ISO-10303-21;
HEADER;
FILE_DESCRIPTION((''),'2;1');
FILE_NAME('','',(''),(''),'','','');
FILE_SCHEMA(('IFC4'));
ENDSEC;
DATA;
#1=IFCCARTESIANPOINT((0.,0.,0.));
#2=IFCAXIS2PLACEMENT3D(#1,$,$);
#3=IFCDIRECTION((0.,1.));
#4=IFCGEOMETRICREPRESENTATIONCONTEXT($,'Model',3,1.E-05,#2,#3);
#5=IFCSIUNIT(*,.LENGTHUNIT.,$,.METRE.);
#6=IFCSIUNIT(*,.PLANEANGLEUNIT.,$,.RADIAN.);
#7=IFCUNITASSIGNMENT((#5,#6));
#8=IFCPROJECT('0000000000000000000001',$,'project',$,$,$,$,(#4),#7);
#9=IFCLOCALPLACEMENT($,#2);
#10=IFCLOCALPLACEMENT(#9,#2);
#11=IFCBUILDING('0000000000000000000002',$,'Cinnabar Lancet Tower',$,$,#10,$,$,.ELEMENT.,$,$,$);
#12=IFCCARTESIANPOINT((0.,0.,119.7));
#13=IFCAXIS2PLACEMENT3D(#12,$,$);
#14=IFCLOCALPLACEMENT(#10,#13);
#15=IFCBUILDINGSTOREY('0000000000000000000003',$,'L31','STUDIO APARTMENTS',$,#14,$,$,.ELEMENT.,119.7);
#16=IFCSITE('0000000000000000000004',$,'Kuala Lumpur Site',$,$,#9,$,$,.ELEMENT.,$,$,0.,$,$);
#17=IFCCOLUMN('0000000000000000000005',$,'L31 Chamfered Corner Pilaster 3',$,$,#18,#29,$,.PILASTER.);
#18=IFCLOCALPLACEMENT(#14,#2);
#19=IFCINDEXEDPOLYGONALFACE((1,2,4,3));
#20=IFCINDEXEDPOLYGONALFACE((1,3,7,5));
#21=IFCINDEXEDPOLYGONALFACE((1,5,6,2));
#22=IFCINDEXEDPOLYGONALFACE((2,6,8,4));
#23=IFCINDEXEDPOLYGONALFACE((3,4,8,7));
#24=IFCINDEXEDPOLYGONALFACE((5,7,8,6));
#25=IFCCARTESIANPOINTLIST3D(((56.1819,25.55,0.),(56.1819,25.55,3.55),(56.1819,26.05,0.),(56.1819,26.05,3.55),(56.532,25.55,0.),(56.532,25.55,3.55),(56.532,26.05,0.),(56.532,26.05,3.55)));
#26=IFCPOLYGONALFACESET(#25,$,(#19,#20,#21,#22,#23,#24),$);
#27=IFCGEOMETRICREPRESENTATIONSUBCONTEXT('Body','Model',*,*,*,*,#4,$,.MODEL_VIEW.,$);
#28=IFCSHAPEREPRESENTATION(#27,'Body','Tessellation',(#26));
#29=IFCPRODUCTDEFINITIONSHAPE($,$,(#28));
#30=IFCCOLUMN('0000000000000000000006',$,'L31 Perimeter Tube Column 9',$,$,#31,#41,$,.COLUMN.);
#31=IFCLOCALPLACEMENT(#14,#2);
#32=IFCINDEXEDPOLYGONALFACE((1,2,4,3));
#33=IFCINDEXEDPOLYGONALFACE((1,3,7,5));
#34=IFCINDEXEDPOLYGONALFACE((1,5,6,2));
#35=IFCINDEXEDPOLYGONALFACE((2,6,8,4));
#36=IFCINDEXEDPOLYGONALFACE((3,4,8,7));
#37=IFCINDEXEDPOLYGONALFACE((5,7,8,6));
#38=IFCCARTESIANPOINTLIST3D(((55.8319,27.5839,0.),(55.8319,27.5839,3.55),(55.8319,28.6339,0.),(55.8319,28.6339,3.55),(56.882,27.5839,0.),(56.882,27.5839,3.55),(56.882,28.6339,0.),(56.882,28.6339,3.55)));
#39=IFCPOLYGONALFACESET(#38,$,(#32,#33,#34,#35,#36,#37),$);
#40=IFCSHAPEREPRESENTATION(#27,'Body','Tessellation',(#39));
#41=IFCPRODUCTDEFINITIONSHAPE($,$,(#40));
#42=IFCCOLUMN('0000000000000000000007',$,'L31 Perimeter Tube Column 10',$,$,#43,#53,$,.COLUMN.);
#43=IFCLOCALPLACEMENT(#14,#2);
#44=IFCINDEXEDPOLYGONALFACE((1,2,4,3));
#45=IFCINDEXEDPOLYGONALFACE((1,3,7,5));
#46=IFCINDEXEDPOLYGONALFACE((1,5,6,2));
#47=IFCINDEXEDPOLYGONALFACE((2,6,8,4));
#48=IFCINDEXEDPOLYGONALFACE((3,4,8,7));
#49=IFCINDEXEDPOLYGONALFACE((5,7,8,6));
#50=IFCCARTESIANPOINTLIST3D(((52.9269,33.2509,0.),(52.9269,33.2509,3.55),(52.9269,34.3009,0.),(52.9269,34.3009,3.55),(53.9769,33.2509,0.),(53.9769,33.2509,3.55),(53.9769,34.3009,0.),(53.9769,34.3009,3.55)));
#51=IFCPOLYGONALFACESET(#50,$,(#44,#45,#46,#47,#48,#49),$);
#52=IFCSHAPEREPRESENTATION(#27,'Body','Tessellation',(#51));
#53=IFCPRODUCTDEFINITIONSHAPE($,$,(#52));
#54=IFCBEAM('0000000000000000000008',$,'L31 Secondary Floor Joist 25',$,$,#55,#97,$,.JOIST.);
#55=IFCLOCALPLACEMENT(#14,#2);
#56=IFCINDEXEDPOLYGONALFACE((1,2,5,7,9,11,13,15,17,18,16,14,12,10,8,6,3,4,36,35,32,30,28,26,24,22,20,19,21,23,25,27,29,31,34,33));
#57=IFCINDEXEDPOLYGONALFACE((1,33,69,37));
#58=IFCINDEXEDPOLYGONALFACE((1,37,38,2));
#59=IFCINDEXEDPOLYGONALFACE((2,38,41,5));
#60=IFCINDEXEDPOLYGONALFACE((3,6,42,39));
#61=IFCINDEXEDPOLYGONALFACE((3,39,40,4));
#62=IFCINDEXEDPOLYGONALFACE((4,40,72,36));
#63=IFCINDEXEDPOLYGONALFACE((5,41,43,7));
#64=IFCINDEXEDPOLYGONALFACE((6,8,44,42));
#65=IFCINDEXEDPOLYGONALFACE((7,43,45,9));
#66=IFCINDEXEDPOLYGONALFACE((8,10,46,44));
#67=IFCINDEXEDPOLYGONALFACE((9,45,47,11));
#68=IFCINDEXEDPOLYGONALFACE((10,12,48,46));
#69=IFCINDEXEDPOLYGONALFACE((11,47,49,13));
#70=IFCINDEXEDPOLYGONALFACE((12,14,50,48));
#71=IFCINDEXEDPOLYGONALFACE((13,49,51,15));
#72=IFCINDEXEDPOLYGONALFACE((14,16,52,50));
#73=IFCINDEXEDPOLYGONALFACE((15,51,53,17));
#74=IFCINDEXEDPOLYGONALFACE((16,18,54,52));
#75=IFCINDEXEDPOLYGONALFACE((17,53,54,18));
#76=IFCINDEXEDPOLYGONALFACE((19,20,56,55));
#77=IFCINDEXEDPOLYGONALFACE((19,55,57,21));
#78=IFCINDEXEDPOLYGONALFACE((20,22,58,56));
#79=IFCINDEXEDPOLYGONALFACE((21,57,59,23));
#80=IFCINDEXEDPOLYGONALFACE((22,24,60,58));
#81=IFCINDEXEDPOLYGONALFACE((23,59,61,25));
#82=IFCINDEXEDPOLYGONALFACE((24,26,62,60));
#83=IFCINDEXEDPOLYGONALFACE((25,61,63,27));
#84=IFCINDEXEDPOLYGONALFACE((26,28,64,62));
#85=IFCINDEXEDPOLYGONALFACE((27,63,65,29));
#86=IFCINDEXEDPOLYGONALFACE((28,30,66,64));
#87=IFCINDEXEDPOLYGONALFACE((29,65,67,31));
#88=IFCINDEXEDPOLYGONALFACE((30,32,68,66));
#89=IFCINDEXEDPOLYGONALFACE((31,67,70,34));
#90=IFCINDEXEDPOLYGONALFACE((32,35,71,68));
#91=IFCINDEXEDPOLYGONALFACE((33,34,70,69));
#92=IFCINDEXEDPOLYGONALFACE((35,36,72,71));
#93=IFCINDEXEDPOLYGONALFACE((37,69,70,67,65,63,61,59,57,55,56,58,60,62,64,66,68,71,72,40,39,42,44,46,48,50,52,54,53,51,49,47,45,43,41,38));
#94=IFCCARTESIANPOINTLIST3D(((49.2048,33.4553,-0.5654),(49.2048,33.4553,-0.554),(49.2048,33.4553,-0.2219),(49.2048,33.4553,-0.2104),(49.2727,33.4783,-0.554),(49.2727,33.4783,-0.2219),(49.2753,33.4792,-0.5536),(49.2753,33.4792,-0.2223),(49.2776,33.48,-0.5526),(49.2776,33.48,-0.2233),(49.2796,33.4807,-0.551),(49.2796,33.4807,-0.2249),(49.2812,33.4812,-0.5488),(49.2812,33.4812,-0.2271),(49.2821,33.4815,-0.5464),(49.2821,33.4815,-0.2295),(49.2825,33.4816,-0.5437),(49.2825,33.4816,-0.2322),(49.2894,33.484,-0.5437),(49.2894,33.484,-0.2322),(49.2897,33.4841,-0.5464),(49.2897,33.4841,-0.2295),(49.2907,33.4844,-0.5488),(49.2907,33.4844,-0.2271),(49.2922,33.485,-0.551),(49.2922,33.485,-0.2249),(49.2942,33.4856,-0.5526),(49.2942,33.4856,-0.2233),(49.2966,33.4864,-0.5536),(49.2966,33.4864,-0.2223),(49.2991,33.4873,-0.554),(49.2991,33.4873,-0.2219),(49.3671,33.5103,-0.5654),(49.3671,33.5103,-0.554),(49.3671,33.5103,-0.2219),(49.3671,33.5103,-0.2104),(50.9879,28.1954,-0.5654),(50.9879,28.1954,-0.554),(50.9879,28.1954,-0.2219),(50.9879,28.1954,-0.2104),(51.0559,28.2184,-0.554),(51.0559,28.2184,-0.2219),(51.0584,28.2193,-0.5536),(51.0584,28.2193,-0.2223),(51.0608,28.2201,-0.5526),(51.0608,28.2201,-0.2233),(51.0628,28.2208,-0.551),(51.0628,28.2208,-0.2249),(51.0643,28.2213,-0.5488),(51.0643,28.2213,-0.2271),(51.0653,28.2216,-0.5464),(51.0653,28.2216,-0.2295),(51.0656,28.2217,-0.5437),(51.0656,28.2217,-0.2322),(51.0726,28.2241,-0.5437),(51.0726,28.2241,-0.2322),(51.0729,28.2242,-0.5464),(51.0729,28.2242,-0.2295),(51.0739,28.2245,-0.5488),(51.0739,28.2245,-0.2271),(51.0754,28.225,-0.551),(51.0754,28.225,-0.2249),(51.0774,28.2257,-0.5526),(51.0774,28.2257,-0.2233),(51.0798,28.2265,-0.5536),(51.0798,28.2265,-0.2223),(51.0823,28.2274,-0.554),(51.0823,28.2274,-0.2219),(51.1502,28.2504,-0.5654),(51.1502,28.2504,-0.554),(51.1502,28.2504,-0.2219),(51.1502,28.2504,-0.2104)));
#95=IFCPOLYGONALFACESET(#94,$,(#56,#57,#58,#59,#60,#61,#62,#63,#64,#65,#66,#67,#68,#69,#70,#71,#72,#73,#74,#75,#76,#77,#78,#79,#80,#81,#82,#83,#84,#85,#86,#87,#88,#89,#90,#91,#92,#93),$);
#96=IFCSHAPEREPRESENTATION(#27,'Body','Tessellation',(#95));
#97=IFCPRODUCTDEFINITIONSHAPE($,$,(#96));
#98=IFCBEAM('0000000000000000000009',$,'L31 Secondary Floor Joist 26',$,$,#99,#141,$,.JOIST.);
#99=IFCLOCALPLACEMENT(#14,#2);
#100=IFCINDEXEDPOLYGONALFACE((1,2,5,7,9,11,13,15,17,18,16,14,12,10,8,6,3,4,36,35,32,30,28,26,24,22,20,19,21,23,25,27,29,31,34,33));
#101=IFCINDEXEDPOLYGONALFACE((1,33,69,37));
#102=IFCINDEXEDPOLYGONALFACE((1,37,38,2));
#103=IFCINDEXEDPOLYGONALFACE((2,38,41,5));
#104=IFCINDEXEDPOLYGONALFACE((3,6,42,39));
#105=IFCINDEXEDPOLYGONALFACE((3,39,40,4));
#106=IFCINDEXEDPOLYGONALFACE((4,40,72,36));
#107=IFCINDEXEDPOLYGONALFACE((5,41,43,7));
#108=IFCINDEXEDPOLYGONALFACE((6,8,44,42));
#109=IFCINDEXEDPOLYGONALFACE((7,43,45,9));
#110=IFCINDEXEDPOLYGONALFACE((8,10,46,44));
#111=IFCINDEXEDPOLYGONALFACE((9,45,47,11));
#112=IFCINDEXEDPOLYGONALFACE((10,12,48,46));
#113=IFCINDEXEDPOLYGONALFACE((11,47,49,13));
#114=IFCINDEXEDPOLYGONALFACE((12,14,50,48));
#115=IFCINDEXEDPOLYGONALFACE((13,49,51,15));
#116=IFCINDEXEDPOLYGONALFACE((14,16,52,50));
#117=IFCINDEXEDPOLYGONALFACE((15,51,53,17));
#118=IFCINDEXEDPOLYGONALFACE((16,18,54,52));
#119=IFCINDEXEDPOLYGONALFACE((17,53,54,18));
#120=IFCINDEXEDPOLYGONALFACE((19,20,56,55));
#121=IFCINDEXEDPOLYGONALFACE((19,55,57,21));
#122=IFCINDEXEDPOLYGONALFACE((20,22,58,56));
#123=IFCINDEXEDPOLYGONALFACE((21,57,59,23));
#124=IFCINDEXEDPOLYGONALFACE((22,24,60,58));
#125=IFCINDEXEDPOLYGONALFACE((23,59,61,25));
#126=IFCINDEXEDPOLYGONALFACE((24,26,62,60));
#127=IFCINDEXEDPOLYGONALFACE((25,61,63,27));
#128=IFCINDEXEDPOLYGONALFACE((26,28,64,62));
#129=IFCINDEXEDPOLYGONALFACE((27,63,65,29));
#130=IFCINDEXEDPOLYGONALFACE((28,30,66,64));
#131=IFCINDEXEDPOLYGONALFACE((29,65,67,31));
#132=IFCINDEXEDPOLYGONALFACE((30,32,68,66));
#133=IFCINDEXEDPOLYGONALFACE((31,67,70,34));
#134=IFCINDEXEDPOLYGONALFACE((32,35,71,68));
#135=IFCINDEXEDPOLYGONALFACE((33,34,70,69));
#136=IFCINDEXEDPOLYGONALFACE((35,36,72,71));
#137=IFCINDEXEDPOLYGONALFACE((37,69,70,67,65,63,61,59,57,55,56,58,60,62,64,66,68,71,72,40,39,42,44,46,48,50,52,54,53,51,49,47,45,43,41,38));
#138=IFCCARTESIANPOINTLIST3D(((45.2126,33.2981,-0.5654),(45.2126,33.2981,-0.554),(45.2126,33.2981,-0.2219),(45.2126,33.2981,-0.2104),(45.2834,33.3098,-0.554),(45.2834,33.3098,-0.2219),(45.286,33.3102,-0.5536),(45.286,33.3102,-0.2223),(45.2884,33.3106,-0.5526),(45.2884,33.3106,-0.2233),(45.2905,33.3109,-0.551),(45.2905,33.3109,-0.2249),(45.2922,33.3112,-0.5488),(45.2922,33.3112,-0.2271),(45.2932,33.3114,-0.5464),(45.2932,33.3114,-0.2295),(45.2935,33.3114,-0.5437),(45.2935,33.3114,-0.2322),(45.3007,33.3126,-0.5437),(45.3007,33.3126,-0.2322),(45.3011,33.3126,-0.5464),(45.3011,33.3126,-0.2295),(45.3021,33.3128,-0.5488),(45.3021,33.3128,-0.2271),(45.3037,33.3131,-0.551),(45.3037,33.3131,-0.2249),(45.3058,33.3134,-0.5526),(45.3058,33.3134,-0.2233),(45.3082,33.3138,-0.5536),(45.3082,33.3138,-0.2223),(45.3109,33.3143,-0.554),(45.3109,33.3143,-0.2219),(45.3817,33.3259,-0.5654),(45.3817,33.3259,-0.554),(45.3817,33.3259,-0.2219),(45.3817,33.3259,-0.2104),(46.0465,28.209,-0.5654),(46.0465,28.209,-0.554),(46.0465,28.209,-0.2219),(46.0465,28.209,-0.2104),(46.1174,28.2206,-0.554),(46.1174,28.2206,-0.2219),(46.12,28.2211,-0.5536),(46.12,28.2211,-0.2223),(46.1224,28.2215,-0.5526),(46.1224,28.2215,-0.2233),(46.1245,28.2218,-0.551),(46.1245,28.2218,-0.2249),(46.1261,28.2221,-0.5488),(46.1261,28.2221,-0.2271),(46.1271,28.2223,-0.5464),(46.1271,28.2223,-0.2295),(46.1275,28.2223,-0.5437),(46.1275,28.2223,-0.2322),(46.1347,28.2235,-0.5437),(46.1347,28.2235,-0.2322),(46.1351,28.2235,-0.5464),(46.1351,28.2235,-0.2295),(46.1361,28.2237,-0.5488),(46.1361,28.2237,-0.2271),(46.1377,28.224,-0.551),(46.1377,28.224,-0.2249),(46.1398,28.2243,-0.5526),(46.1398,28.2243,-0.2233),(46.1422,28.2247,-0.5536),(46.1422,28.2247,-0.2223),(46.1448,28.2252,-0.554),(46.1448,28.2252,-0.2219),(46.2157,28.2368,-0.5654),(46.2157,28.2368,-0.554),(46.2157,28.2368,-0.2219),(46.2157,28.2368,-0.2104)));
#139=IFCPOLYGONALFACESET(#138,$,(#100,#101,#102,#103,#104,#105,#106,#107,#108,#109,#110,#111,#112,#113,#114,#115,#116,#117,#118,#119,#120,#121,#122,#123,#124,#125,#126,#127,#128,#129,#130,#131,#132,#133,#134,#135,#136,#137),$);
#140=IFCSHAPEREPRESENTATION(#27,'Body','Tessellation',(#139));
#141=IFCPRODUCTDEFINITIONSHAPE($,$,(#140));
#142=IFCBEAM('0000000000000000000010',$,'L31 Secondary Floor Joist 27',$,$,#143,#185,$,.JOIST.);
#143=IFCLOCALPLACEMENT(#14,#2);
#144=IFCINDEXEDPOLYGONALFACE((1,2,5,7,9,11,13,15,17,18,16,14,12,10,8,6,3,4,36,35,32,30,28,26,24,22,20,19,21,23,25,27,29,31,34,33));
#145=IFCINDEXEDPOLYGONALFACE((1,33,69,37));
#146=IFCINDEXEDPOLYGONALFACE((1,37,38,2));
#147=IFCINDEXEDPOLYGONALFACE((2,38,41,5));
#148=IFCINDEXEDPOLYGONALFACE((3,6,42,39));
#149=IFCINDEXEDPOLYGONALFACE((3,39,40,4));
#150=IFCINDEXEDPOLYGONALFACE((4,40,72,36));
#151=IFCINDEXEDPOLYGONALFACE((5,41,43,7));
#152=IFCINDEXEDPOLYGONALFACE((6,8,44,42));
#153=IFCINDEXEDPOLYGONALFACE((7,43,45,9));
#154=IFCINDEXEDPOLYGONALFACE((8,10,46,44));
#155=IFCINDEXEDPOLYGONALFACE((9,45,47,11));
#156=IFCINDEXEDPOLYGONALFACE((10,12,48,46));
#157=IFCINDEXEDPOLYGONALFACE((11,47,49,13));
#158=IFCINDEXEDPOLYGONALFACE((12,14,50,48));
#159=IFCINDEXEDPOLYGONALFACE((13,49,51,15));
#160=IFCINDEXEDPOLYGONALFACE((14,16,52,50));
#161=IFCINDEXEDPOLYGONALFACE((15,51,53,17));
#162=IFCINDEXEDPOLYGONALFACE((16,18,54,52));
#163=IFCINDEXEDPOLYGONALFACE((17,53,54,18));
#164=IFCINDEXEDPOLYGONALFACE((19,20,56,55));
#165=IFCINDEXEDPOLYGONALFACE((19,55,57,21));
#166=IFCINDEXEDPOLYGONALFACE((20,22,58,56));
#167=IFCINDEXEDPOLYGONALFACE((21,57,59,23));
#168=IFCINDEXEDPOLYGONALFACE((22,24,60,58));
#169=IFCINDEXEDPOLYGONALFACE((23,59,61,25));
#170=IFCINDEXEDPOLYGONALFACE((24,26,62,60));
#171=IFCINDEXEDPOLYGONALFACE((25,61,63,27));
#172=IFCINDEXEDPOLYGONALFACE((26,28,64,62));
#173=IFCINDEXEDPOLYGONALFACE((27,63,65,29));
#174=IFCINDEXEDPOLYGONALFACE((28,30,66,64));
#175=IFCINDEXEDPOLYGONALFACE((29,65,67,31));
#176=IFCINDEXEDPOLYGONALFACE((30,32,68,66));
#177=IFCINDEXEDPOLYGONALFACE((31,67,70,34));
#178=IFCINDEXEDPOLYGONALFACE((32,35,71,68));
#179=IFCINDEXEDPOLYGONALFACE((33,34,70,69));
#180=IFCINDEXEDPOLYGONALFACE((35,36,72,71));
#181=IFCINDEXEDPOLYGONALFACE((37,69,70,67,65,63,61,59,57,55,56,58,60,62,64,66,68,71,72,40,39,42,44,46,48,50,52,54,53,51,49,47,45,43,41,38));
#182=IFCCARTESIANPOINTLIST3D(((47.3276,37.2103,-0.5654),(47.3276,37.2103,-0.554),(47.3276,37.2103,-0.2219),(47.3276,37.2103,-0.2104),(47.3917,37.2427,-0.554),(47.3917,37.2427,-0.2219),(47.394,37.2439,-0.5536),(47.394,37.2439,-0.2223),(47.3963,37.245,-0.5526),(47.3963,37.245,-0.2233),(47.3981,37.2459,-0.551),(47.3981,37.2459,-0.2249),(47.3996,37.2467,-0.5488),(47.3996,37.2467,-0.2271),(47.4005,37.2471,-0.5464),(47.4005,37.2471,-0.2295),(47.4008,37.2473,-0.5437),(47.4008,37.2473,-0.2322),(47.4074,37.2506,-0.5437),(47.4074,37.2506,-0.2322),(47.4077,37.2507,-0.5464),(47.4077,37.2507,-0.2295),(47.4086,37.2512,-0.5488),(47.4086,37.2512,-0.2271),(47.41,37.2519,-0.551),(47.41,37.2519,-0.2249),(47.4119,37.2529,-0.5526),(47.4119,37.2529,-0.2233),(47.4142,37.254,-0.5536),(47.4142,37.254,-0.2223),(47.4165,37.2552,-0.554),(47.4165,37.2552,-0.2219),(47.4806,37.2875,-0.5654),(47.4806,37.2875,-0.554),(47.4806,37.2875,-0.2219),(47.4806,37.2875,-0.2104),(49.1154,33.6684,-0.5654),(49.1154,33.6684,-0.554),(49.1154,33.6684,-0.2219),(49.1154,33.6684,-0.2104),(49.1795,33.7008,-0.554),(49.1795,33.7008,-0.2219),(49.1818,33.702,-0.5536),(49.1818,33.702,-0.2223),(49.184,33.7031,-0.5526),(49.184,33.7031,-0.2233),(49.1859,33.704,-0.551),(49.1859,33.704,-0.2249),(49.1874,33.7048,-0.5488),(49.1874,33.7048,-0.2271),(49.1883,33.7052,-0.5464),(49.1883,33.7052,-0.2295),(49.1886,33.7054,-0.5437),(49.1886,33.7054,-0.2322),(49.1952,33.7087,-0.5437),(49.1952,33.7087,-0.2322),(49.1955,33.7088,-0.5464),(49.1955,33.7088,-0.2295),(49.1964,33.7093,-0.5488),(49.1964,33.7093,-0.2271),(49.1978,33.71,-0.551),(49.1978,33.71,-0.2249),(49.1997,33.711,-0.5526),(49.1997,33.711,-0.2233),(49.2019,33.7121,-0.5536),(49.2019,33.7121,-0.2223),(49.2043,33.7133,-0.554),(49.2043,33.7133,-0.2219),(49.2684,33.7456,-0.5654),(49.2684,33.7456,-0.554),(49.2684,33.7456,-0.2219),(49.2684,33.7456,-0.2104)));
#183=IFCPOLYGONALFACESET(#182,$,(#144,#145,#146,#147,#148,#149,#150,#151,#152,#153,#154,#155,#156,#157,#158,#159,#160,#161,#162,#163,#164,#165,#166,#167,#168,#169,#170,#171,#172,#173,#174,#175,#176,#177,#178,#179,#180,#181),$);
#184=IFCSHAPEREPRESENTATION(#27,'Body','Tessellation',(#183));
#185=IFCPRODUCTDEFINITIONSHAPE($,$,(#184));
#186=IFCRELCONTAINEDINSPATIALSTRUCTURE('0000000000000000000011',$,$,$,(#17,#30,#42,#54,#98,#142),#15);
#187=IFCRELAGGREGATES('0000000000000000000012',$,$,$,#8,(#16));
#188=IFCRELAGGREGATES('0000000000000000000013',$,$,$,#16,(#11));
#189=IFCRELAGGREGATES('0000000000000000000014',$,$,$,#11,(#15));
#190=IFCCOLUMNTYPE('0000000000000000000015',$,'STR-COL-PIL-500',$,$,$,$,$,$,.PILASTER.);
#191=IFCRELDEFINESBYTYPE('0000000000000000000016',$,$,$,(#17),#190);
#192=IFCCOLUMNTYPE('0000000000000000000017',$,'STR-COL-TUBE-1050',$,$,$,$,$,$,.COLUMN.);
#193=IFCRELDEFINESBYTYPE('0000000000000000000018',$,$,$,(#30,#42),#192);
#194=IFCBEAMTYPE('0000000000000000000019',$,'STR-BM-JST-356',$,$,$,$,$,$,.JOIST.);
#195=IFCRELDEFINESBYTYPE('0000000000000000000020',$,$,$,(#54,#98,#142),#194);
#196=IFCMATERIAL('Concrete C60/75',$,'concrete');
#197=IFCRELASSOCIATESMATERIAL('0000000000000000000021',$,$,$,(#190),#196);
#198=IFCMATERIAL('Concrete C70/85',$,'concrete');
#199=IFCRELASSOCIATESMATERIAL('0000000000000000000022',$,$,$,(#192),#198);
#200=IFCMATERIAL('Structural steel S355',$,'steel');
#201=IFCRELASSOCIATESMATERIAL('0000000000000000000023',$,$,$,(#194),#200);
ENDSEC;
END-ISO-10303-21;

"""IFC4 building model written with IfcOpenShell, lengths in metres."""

from ifc_helpers import new_model, si_unit, direction, frame, origin, origin_2d, place, context, subcontext, project, spatial, rectangle, i_section, extrude, material, material_profile, profile_set, type_object, element, save


model = new_model("IFC4")

# Units and contexts
model_context = context("Model", 3, precision=1e-05, world=origin(), true_north=direction((0.0, 1.0)))
body_context = subcontext(model_context, "Body", "Model", "MODEL_VIEW")
ifc_project = project(units=[si_unit("LENGTHUNIT", "METRE"), si_unit("PLANEANGLEUNIT", "RADIAN")], contexts=[model_context])

# Site, building, storey
site_placement = place(None, origin())
site = spatial("IfcSite", under=ifc_project, at=site_placement, Name="Kuala Lumpur Site", CompositionType="ELEMENT", RefElevation=0.0)
building_placement = place(site_placement, origin())
building = spatial("IfcBuilding", under=site, at=building_placement, Name="Cinnabar Lancet Tower", CompositionType="ELEMENT")
storey_placement = place(building_placement, frame((0.0, 0.0, 119.7)))
storey = spatial("IfcBuildingStorey", under=building, at=storey_placement, Name="L31", Description="STUDIO APARTMENTS", CompositionType="ELEMENT", Elevation=119.7)

# Columns
ifc_material_1 = material(Name="Concrete C60/75", Category="concrete")
ifc_material_profile_1 = material_profile(ifc_material_1, rectangle(XDim=0.5, YDim=0.3501, at=origin_2d()), Name="RC-PIL 500x350")
ifc_profile_set_1 = profile_set([ifc_material_profile_1], Name="Concrete C60/75")
column_type_1 = type_object("IfcColumnType", Name="STR-COL-PIL-500", PredefinedType="PILASTER", material=ifc_profile_set_1)
column_placement = place(storey_placement, frame((56.3569, 25.8, 0.0), z_axis=(0.0, 0.0, 1.0), x_axis=(0.0, 1.0, 0.0)))
element("IfcColumn", 1, at=column_placement, inside=storey, type_object=column_type_1, Name="L31 Chamfered Corner Pilaster 3", PredefinedType="PILASTER", context=body_context, shape_type="SweptSolid", body=[
    extrude(rectangle(XDim=0.5, YDim=0.3501, at=origin_2d()), origin(), (0.0, 0.0, 1.0), 3.55),
])
ifc_material_2 = material(Name="Concrete C70/85", Category="concrete")
ifc_material_profile_2 = material_profile(ifc_material_2, rectangle(XDim=1.05, YDim=1.05, at=origin_2d()), Name="RC-COL 1050x1050")
ifc_profile_set_2 = profile_set([ifc_material_profile_2], Name="Concrete C70/85")
column_type_2 = type_object("IfcColumnType", Name="STR-COL-TUBE-1050", PredefinedType="COLUMN", material=ifc_profile_set_2)
for number, where, z_axis, x_axis, name in (
    (2, (56.3569, 28.1089, 0.0), (0.0, 0.0, 1.0), (1.0, 0.0, 0.0), "L31 Perimeter Tube Column 9"),
    (3, (53.4519, 33.7759, 0.0), (0.0, 0.0, 1.0), (1.0, 0.0, 0.0), "L31 Perimeter Tube Column 10"),
):
    element("IfcColumn", number, at=place(storey_placement, frame(where, z_axis=z_axis, x_axis=x_axis)), inside=storey, type_object=column_type_2, Name=name, PredefinedType="COLUMN", context=body_context, shape_type="SweptSolid", body=[
        extrude(rectangle(XDim=1.05, YDim=1.05, at=origin_2d()), origin(), (0.0, 0.0, 1.0), 3.55),
    ])

# Beams
ifc_material_3 = material(Name="Structural steel S355", Category="steel")
ifc_material_profile_3 = material_profile(ifc_material_3, i_section(OverallWidth=0.1714, OverallDepth=0.355, WebThickness=0.0073, FlangeThickness=0.0115, FilletRadius=0.0103, at=origin_2d()), Name="UKB 356x171x51")
ifc_profile_set_3 = profile_set([ifc_material_profile_3], Name="Structural steel S355")
beam_type_1 = type_object("IfcBeamType", Name="STR-BM-JST-356", PredefinedType="JOIST", material=ifc_profile_set_3)
beam_1_placement = place(storey_placement, frame((51.0691, 28.2229, -0.3879), z_axis=(-0.321063, 0.947058, 0.0), x_axis=(-0.947058, -0.321063, 0.0)))
element("IfcBeam", 4, at=beam_1_placement, inside=storey, type_object=beam_type_1, Name="L31 Secondary Floor Joist 25", PredefinedType="JOIST", context=body_context, shape_type="SweptSolid", body=[
    extrude(i_section(OverallWidth=0.1714, OverallDepth=0.355, WebThickness=0.0073, FlangeThickness=0.0115, FilletRadius=0.0103, at=origin_2d()), origin(), (0.0, 0.0, 1.0), 5.554),
])
beam_2_placement = place(storey_placement, frame((46.1311, 28.2229, -0.3879), z_axis=(-0.161719, 0.986837, 0.0), x_axis=(-0.986837, -0.161719, 0.0)))
element("IfcBeam", 5, at=beam_2_placement, inside=storey, type_object=beam_type_1, Name="L31 Secondary Floor Joist 26", PredefinedType="JOIST", context=body_context, shape_type="SweptSolid", body=[
    extrude(i_section(OverallWidth=0.1714, OverallDepth=0.355, WebThickness=0.0073, FlangeThickness=0.0115, FilletRadius=0.0103, at=origin_2d()), origin(), (0.0, 0.0, 1.0), 5.157),
])
beam_3_placement = place(storey_placement, frame((49.1919, 33.707, -0.3879), z_axis=(-0.450607, 0.892722, 0.0), x_axis=(-0.892722, -0.450607, 0.0)))
element("IfcBeam", 6, at=beam_3_placement, inside=storey, type_object=beam_type_1, Name="L31 Secondary Floor Joist 27", PredefinedType="JOIST", context=body_context, shape_type="SweptSolid", body=[
    extrude(i_section(OverallWidth=0.1714, OverallDepth=0.355, WebThickness=0.0073, FlangeThickness=0.0115, FilletRadius=0.0103, at=origin_2d()), origin(), (0.0, 0.0, 1.0), 3.9675),
])

save(model, "model.ifc")
